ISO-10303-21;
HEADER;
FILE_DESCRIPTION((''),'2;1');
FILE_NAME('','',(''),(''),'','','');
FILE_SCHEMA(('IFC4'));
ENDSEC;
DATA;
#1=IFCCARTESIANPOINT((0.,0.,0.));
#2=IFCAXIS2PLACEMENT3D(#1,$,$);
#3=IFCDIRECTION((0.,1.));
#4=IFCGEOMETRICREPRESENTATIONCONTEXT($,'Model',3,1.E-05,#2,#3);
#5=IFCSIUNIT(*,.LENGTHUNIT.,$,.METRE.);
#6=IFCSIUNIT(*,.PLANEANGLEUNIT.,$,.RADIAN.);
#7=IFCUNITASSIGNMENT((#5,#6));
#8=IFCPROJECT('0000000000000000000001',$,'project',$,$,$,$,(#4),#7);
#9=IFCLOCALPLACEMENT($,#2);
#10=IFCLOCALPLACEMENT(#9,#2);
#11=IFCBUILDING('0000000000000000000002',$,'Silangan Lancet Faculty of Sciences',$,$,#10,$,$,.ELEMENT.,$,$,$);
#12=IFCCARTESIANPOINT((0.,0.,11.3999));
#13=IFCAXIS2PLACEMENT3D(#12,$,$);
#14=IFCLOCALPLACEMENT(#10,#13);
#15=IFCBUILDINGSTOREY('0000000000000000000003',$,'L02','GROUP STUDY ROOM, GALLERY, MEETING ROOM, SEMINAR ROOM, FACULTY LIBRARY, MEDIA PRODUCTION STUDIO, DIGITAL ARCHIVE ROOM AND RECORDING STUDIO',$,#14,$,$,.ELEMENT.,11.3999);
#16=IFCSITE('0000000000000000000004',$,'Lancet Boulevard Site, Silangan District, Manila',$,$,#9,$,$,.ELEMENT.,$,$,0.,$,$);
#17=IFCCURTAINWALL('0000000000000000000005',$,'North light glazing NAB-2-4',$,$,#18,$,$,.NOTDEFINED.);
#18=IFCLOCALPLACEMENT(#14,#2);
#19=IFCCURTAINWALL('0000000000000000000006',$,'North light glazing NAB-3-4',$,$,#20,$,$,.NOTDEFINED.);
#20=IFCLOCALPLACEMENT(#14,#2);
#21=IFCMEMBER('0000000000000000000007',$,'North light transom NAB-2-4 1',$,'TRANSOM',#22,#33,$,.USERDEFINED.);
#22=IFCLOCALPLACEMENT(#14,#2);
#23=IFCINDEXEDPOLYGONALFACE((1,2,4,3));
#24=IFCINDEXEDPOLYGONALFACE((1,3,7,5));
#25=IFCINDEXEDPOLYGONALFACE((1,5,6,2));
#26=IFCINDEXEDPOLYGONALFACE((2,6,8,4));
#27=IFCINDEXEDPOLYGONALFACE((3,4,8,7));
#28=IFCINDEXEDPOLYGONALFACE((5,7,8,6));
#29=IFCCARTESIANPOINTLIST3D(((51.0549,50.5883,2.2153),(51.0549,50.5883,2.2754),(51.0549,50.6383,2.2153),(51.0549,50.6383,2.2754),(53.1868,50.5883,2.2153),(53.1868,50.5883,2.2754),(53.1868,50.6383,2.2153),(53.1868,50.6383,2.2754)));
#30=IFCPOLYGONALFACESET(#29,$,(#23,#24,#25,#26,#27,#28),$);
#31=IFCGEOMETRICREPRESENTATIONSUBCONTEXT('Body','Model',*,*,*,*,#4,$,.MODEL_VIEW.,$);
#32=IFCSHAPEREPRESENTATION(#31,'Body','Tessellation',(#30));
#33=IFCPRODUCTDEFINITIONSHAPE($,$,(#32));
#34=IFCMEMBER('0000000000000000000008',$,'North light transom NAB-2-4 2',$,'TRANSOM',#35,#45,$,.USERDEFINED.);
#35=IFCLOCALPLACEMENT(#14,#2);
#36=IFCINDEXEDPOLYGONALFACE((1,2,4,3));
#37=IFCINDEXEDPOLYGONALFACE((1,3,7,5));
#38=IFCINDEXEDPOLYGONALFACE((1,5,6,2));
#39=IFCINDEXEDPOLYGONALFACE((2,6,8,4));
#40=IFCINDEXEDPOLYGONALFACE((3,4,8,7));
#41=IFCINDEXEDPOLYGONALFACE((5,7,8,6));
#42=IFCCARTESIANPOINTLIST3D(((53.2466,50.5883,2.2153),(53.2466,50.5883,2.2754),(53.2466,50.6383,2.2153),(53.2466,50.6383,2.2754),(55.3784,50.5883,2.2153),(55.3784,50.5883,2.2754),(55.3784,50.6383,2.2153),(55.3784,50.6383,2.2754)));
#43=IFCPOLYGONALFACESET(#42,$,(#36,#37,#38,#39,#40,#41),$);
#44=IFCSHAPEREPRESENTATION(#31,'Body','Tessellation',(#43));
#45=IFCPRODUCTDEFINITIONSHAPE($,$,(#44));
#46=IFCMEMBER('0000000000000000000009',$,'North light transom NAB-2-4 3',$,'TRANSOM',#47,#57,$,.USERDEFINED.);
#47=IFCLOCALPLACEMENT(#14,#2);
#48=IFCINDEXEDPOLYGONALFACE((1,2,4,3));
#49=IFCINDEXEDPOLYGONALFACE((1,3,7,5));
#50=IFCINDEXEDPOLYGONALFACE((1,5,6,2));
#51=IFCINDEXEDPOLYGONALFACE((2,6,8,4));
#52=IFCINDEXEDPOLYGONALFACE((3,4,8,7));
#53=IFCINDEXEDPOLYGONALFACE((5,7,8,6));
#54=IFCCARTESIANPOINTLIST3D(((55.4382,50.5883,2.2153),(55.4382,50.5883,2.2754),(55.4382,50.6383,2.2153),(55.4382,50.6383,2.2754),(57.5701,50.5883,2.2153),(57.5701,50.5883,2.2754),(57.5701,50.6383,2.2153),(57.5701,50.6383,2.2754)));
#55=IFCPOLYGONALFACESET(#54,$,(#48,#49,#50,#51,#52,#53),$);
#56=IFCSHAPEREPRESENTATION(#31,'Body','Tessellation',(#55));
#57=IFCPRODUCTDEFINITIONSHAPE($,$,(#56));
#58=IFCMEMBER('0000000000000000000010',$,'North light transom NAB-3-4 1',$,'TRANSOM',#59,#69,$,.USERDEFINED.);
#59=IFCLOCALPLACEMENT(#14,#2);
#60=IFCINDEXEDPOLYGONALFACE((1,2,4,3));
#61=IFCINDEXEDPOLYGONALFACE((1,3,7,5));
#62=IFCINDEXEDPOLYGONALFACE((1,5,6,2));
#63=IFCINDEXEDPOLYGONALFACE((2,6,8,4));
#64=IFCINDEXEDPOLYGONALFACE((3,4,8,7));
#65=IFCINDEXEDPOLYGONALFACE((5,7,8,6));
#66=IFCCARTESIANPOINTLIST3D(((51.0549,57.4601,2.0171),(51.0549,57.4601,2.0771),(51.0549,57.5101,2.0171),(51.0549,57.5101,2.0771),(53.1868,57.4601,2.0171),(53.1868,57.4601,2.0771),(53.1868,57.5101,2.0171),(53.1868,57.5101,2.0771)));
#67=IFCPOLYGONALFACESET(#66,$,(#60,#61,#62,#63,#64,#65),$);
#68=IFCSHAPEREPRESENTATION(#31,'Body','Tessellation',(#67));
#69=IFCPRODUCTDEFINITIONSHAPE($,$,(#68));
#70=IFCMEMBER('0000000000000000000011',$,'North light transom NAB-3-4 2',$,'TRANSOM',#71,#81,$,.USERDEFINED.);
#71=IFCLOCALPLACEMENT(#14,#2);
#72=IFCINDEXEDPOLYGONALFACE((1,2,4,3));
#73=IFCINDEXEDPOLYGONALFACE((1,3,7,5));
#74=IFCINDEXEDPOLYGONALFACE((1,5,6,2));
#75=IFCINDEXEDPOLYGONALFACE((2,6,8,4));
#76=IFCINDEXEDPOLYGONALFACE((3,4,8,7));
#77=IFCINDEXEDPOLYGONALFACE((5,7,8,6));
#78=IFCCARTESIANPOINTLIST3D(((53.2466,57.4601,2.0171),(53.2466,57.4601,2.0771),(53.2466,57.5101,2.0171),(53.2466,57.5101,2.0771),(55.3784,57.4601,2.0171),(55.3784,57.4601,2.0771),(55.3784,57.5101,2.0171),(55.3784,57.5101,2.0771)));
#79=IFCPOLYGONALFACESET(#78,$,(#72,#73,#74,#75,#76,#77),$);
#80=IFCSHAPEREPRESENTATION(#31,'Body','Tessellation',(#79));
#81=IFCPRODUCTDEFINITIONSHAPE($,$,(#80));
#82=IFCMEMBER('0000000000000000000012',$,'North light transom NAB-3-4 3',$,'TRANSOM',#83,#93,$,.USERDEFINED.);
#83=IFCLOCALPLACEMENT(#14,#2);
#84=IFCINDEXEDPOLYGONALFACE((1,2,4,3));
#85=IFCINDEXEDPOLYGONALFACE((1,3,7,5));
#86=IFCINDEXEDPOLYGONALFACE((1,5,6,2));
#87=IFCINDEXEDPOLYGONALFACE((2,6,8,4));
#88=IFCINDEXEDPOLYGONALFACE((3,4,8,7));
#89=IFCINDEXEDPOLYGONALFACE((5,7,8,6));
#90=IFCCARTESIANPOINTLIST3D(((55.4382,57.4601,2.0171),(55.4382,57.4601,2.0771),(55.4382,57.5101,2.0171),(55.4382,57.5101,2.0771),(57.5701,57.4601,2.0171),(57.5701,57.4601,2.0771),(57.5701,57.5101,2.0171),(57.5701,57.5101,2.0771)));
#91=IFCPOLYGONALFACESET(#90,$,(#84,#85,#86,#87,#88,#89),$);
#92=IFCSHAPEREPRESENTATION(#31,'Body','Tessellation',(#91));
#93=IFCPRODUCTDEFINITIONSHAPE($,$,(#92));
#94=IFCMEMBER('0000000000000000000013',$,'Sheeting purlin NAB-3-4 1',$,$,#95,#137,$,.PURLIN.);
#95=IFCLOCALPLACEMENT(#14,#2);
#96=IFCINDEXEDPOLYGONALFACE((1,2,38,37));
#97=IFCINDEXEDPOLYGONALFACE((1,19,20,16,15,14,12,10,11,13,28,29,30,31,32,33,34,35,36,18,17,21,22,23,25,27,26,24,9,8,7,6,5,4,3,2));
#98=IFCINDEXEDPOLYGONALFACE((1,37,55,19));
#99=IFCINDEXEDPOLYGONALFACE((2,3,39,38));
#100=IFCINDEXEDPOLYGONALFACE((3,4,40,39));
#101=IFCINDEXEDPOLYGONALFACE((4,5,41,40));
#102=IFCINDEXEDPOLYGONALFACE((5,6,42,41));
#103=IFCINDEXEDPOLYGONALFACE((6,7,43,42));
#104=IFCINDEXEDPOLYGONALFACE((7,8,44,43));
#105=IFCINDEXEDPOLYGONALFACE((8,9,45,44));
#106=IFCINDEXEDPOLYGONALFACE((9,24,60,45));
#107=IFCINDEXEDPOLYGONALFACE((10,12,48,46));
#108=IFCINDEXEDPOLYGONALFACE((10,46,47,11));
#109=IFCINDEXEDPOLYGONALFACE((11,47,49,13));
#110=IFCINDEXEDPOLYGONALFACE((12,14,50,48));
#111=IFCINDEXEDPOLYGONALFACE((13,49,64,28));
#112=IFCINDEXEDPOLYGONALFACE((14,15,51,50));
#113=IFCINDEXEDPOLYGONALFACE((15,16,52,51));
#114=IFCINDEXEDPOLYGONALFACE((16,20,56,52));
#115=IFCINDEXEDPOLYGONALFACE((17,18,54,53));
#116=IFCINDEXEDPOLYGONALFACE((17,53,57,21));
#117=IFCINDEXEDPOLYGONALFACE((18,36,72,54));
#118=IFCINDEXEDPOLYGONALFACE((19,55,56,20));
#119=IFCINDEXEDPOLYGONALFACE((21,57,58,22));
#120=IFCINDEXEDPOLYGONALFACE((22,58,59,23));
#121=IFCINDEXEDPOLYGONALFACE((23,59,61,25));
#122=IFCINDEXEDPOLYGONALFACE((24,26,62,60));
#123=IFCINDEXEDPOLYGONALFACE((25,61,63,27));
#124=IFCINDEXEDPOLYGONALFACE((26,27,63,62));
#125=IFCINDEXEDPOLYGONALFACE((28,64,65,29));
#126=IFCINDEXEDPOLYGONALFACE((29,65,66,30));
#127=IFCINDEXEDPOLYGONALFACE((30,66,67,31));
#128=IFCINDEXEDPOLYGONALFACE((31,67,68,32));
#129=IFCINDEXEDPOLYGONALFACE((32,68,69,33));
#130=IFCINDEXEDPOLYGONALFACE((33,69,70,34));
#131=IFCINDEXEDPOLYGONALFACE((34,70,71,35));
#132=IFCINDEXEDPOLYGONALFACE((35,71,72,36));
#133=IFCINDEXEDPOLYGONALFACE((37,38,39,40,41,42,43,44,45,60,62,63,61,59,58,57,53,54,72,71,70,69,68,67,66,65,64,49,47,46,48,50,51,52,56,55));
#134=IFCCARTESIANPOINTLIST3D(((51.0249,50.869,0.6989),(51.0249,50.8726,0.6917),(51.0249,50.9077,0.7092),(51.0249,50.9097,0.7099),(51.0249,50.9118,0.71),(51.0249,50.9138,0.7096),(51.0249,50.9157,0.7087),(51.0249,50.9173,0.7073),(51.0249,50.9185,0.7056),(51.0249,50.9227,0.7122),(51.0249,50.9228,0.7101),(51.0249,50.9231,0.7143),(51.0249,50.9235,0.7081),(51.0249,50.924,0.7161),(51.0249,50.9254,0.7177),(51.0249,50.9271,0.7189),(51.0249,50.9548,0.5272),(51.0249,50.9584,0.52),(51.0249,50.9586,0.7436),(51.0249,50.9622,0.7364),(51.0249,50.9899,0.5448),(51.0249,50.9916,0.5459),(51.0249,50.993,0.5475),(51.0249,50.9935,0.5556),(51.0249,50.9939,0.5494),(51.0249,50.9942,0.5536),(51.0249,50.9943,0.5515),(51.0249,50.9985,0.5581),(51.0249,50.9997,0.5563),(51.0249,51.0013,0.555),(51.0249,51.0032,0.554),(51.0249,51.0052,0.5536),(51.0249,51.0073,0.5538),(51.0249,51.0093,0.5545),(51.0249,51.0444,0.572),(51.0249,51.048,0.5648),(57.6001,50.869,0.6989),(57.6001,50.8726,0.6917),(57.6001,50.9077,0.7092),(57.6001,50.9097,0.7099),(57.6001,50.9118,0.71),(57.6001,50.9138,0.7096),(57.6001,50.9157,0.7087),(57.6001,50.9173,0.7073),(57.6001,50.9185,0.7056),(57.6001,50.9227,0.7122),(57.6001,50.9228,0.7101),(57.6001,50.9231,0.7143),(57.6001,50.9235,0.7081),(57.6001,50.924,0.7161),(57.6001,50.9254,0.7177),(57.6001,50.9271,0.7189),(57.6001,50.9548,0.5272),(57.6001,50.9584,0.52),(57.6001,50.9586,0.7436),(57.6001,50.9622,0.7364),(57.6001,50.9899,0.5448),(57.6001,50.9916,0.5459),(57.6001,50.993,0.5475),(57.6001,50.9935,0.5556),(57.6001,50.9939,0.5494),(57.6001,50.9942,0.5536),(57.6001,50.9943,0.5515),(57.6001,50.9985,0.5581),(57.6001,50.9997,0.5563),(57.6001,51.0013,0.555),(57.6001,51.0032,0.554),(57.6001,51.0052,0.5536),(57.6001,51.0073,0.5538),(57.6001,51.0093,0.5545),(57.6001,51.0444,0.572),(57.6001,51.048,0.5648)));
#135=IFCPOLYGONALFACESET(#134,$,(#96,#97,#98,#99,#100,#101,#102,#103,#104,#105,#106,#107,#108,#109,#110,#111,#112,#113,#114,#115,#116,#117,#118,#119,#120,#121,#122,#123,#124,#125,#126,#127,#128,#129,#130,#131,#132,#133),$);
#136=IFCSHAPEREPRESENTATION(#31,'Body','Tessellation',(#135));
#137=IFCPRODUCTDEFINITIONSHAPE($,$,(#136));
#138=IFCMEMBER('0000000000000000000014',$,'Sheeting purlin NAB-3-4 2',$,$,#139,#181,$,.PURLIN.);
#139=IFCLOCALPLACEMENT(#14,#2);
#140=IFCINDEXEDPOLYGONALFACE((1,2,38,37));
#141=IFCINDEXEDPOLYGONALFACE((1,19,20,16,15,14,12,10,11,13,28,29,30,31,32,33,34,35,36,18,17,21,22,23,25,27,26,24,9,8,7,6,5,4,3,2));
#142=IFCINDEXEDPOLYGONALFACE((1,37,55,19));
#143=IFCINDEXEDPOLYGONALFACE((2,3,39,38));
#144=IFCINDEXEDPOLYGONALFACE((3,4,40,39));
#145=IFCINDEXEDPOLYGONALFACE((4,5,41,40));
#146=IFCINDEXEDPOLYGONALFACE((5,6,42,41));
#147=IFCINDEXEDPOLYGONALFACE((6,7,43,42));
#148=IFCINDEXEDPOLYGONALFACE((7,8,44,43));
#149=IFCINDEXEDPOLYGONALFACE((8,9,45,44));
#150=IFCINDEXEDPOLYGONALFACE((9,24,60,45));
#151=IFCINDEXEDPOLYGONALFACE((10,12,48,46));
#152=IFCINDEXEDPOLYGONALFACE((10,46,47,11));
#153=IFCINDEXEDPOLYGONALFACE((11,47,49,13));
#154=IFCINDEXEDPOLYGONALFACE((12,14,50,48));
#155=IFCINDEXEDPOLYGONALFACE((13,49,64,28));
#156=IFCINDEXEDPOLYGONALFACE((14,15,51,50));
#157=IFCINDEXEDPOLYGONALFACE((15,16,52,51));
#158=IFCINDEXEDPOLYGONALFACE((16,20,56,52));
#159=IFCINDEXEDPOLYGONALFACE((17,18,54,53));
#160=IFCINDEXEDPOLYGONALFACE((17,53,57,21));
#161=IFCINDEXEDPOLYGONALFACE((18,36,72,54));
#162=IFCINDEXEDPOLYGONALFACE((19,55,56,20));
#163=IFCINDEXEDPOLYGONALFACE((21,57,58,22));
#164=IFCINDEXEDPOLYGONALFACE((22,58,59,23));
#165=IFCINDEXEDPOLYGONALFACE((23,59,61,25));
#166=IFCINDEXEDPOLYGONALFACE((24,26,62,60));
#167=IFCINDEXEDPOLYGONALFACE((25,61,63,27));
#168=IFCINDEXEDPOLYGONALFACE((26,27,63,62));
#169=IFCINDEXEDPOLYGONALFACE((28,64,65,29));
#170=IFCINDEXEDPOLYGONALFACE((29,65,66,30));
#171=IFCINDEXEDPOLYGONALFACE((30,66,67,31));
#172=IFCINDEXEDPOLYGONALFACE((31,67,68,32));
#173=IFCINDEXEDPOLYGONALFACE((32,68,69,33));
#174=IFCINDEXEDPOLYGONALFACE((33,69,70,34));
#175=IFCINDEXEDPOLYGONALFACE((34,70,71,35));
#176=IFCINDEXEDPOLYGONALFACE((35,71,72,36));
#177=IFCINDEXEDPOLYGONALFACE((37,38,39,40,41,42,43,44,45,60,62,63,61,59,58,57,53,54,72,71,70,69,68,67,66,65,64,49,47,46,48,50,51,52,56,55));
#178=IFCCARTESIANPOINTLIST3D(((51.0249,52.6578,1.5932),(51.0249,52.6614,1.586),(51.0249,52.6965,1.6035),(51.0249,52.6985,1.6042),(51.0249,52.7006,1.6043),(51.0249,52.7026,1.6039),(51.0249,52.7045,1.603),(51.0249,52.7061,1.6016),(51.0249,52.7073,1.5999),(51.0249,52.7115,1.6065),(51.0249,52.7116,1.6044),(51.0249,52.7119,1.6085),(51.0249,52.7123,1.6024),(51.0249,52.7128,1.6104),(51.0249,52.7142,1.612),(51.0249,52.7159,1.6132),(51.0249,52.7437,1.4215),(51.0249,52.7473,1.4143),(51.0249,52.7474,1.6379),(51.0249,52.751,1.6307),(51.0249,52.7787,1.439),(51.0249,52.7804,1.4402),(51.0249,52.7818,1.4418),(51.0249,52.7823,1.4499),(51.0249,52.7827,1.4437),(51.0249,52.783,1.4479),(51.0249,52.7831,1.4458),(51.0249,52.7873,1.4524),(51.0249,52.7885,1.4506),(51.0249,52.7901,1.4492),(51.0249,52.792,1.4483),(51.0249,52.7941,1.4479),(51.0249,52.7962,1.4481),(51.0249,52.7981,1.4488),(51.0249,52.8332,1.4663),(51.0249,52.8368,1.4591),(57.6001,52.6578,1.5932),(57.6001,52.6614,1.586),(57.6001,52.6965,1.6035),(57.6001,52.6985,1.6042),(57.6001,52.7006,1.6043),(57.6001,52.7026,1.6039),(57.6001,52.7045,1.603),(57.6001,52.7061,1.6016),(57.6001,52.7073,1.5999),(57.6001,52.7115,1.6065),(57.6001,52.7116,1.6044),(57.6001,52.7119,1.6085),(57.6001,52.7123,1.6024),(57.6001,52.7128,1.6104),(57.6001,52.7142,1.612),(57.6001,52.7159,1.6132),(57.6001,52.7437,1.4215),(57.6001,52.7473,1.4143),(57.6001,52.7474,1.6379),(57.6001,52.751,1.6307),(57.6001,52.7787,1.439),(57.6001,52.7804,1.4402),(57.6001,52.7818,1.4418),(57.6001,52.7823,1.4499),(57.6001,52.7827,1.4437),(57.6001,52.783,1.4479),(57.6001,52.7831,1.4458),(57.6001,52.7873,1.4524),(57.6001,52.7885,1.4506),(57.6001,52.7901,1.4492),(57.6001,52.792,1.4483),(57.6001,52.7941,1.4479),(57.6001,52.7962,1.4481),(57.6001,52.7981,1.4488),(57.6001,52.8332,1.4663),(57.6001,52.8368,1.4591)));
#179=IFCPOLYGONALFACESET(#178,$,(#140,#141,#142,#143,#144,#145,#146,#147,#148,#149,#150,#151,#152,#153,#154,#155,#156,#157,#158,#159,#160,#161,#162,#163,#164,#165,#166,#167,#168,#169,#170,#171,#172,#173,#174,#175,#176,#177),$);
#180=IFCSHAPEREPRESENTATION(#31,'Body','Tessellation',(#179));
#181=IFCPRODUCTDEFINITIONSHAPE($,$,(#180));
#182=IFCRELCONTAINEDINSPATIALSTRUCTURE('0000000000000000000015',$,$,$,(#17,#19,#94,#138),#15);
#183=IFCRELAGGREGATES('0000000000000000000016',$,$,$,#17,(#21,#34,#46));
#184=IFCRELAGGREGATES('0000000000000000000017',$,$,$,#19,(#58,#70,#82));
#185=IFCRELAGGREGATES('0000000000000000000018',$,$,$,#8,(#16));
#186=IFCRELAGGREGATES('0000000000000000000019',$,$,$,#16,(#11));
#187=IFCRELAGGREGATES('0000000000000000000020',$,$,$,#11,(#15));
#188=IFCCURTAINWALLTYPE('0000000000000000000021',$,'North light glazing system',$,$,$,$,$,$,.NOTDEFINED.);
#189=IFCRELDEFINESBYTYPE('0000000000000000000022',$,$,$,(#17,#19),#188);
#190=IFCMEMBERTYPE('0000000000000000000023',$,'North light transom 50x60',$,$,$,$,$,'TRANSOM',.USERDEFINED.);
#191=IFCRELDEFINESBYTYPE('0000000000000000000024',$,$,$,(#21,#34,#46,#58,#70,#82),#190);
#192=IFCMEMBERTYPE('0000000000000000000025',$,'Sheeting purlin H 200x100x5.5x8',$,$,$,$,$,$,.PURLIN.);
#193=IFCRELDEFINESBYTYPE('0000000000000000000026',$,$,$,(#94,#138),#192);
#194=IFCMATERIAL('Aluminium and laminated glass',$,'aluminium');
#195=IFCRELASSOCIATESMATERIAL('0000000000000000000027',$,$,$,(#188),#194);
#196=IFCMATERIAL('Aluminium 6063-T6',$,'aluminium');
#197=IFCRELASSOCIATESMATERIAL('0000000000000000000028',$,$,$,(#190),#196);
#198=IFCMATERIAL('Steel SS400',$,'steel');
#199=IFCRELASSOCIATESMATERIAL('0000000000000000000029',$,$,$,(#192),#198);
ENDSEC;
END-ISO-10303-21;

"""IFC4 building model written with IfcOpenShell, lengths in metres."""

from ifc_helpers import new_model, si_unit, direction, frame, origin, origin_2d, place, context, subcontext, project, spatial, rectangle, i_section, extrude, material, material_profile, profile_set, type_object, element, aggregate, save


model = new_model("IFC4")

# Units and contexts
model_context = context("Model", 3, precision=1e-05, world=origin(), true_north=direction((0.0, 1.0)))
body_context = subcontext(model_context, "Body", "Model", "MODEL_VIEW")
ifc_project = project(units=[si_unit("LENGTHUNIT", "METRE"), si_unit("PLANEANGLEUNIT", "RADIAN")], contexts=[model_context])

# Site, building, storey
site_placement = place(None, origin())
site = spatial("IfcSite", under=ifc_project, at=site_placement, Name="Lancet Boulevard Site, Silangan District, Manila", CompositionType="ELEMENT", RefElevation=0.0)
building_placement = place(site_placement, origin())
building = spatial("IfcBuilding", under=site, at=building_placement, Name="Silangan Lancet Faculty of Sciences", CompositionType="ELEMENT")
storey_placement = place(building_placement, frame((0.0, 0.0, 11.3999)))
storey = spatial("IfcBuildingStorey", under=building, at=storey_placement, Name="L02", Description="GROUP STUDY ROOM, GALLERY, MEETING ROOM, SEMINAR ROOM, FACULTY LIBRARY, MEDIA PRODUCTION STUDIO, DIGITAL ARCHIVE ROOM AND RECORDING STUDIO", CompositionType="ELEMENT", Elevation=11.3999)

# Curtain walls
ifc_material_1 = material(Name="Aluminium and laminated glass", Category="aluminium")
curtain_wall_type = type_object("IfcCurtainWallType", Name="North light glazing system", PredefinedType="NOTDEFINED", material=ifc_material_1)
curtain_wall_1_placement = place(storey_placement, origin())
curtain_wall_1 = element("IfcCurtainWall", 1, at=curtain_wall_1_placement, inside=storey, type_object=curtain_wall_type, Name="North light glazing NAB-2-4", PredefinedType="NOTDEFINED")
curtain_wall_2_placement = place(storey_placement, origin())
curtain_wall_2 = element("IfcCurtainWall", 2, at=curtain_wall_2_placement, inside=storey, type_object=curtain_wall_type, Name="North light glazing NAB-3-4", PredefinedType="NOTDEFINED")

# Members
ifc_material_2 = material(Name="Aluminium 6063-T6", Category="aluminium")
ifc_material_profile_1 = material_profile(ifc_material_2, rectangle(XDim=0.05, YDim=0.0601, at=origin_2d()), Name="AL 50x60")
ifc_profile_set_1 = profile_set([ifc_material_profile_1], Name="Aluminium 6063-T6")
member_type_1 = type_object("IfcMemberType", Name="North light transom 50x60", ElementType="TRANSOM", PredefinedType="USERDEFINED", material=ifc_profile_set_1)
member_1_placement = place(storey_placement, frame((51.0549, 50.6133, 2.2454), z_axis=(1.0, 0.0, 0.0), x_axis=(0.0, 1.0, 0.0)))
member_1 = element("IfcMember", 3, at=member_1_placement, type_object=member_type_1, Name="North light transom NAB-2-4 1", ObjectType="TRANSOM", PredefinedType="USERDEFINED", context=body_context, shape_type="SweptSolid", body=[
    extrude(rectangle(XDim=0.05, YDim=0.0601, at=origin_2d()), origin(), (0.0, 0.0, 1.0), 2.1318),
])
member_2_placement = place(storey_placement, frame((53.2466, 50.6133, 2.2454), z_axis=(1.0, 0.0, 0.0), x_axis=(0.0, 1.0, 0.0)))
member_2 = element("IfcMember", 4, at=member_2_placement, type_object=member_type_1, Name="North light transom NAB-2-4 2", ObjectType="TRANSOM", PredefinedType="USERDEFINED", context=body_context, shape_type="SweptSolid", body=[
    extrude(rectangle(XDim=0.05, YDim=0.0601, at=origin_2d()), origin(), (0.0, 0.0, 1.0), 2.1318),
])
member_3_placement = place(storey_placement, frame((55.4382, 50.6133, 2.2454), z_axis=(1.0, 0.0, 0.0), x_axis=(0.0, 1.0, 0.0)))
member_3 = element("IfcMember", 5, at=member_3_placement, type_object=member_type_1, Name="North light transom NAB-2-4 3", ObjectType="TRANSOM", PredefinedType="USERDEFINED", context=body_context, shape_type="SweptSolid", body=[
    extrude(rectangle(XDim=0.05, YDim=0.0601, at=origin_2d()), origin(), (0.0, 0.0, 1.0), 2.1318),
])
aggregate(curtain_wall_1, [member_1, member_2, member_3])
member_4_placement = place(storey_placement, frame((51.0549, 57.4851, 2.0471), z_axis=(1.0, 0.0, 0.0), x_axis=(0.0, 1.0, 0.0)))
member_4 = element("IfcMember", 6, at=member_4_placement, type_object=member_type_1, Name="North light transom NAB-3-4 1", ObjectType="TRANSOM", PredefinedType="USERDEFINED", context=body_context, shape_type="SweptSolid", body=[
    extrude(rectangle(XDim=0.05, YDim=0.0601, at=origin_2d()), origin(), (0.0, 0.0, 1.0), 2.1318),
])
member_5_placement = place(storey_placement, frame((53.2466, 57.4851, 2.0471), z_axis=(1.0, 0.0, 0.0), x_axis=(0.0, 1.0, 0.0)))
member_5 = element("IfcMember", 7, at=member_5_placement, type_object=member_type_1, Name="North light transom NAB-3-4 2", ObjectType="TRANSOM", PredefinedType="USERDEFINED", context=body_context, shape_type="SweptSolid", body=[
    extrude(rectangle(XDim=0.05, YDim=0.0601, at=origin_2d()), origin(), (0.0, 0.0, 1.0), 2.1318),
])
member_6_placement = place(storey_placement, frame((55.4382, 57.4851, 2.0471), z_axis=(1.0, 0.0, 0.0), x_axis=(0.0, 1.0, 0.0)))
member_6 = element("IfcMember", 8, at=member_6_placement, type_object=member_type_1, Name="North light transom NAB-3-4 3", ObjectType="TRANSOM", PredefinedType="USERDEFINED", context=body_context, shape_type="SweptSolid", body=[
    extrude(rectangle(XDim=0.05, YDim=0.0601, at=origin_2d()), origin(), (0.0, 0.0, 1.0), 2.1318),
])

# Members
ifc_material_3 = material(Name="Steel SS400", Category="steel")
ifc_material_profile_2 = material_profile(ifc_material_3, i_section(OverallWidth=0.1001, OverallDepth=0.2, WebThickness=0.0056, FlangeThickness=0.0081, FilletRadius=0.0081, at=origin_2d()), Name="H 200x100x5.5x8")
ifc_profile_set_2 = profile_set([ifc_material_profile_2], Name="Steel SS400")
member_type_2 = type_object("IfcMemberType", Name="Sheeting purlin H 200x100x5.5x8", PredefinedType="PURLIN", material=ifc_profile_set_2)
for number, where, z_axis, x_axis, name in (
    (9, (51.0249, 50.9585, 0.6318), (1.0, 0.0, 0.0), (0.0, 0.894427, 0.447214), "Sheeting purlin NAB-3-4 1"),
    (10, (51.0249, 52.7473, 1.5261), (1.0, 0.0, 0.0), (0.0, 0.894427, 0.447214), "Sheeting purlin NAB-3-4 2"),
):
    element("IfcMember", number, at=place(storey_placement, frame(where, z_axis=z_axis, x_axis=x_axis)), inside=storey, type_object=member_type_2, Name=name, PredefinedType="PURLIN", context=body_context, shape_type="SweptSolid", body=[
        extrude(i_section(OverallWidth=0.1001, OverallDepth=0.2, WebThickness=0.0056, FlangeThickness=0.0081, FilletRadius=0.0081, at=origin_2d()), origin(), (0.0, 0.0, 1.0), 6.5752),
    ])

aggregate(curtain_wall_2, [member_4, member_5, member_6])

save(model, "model.ifc")
